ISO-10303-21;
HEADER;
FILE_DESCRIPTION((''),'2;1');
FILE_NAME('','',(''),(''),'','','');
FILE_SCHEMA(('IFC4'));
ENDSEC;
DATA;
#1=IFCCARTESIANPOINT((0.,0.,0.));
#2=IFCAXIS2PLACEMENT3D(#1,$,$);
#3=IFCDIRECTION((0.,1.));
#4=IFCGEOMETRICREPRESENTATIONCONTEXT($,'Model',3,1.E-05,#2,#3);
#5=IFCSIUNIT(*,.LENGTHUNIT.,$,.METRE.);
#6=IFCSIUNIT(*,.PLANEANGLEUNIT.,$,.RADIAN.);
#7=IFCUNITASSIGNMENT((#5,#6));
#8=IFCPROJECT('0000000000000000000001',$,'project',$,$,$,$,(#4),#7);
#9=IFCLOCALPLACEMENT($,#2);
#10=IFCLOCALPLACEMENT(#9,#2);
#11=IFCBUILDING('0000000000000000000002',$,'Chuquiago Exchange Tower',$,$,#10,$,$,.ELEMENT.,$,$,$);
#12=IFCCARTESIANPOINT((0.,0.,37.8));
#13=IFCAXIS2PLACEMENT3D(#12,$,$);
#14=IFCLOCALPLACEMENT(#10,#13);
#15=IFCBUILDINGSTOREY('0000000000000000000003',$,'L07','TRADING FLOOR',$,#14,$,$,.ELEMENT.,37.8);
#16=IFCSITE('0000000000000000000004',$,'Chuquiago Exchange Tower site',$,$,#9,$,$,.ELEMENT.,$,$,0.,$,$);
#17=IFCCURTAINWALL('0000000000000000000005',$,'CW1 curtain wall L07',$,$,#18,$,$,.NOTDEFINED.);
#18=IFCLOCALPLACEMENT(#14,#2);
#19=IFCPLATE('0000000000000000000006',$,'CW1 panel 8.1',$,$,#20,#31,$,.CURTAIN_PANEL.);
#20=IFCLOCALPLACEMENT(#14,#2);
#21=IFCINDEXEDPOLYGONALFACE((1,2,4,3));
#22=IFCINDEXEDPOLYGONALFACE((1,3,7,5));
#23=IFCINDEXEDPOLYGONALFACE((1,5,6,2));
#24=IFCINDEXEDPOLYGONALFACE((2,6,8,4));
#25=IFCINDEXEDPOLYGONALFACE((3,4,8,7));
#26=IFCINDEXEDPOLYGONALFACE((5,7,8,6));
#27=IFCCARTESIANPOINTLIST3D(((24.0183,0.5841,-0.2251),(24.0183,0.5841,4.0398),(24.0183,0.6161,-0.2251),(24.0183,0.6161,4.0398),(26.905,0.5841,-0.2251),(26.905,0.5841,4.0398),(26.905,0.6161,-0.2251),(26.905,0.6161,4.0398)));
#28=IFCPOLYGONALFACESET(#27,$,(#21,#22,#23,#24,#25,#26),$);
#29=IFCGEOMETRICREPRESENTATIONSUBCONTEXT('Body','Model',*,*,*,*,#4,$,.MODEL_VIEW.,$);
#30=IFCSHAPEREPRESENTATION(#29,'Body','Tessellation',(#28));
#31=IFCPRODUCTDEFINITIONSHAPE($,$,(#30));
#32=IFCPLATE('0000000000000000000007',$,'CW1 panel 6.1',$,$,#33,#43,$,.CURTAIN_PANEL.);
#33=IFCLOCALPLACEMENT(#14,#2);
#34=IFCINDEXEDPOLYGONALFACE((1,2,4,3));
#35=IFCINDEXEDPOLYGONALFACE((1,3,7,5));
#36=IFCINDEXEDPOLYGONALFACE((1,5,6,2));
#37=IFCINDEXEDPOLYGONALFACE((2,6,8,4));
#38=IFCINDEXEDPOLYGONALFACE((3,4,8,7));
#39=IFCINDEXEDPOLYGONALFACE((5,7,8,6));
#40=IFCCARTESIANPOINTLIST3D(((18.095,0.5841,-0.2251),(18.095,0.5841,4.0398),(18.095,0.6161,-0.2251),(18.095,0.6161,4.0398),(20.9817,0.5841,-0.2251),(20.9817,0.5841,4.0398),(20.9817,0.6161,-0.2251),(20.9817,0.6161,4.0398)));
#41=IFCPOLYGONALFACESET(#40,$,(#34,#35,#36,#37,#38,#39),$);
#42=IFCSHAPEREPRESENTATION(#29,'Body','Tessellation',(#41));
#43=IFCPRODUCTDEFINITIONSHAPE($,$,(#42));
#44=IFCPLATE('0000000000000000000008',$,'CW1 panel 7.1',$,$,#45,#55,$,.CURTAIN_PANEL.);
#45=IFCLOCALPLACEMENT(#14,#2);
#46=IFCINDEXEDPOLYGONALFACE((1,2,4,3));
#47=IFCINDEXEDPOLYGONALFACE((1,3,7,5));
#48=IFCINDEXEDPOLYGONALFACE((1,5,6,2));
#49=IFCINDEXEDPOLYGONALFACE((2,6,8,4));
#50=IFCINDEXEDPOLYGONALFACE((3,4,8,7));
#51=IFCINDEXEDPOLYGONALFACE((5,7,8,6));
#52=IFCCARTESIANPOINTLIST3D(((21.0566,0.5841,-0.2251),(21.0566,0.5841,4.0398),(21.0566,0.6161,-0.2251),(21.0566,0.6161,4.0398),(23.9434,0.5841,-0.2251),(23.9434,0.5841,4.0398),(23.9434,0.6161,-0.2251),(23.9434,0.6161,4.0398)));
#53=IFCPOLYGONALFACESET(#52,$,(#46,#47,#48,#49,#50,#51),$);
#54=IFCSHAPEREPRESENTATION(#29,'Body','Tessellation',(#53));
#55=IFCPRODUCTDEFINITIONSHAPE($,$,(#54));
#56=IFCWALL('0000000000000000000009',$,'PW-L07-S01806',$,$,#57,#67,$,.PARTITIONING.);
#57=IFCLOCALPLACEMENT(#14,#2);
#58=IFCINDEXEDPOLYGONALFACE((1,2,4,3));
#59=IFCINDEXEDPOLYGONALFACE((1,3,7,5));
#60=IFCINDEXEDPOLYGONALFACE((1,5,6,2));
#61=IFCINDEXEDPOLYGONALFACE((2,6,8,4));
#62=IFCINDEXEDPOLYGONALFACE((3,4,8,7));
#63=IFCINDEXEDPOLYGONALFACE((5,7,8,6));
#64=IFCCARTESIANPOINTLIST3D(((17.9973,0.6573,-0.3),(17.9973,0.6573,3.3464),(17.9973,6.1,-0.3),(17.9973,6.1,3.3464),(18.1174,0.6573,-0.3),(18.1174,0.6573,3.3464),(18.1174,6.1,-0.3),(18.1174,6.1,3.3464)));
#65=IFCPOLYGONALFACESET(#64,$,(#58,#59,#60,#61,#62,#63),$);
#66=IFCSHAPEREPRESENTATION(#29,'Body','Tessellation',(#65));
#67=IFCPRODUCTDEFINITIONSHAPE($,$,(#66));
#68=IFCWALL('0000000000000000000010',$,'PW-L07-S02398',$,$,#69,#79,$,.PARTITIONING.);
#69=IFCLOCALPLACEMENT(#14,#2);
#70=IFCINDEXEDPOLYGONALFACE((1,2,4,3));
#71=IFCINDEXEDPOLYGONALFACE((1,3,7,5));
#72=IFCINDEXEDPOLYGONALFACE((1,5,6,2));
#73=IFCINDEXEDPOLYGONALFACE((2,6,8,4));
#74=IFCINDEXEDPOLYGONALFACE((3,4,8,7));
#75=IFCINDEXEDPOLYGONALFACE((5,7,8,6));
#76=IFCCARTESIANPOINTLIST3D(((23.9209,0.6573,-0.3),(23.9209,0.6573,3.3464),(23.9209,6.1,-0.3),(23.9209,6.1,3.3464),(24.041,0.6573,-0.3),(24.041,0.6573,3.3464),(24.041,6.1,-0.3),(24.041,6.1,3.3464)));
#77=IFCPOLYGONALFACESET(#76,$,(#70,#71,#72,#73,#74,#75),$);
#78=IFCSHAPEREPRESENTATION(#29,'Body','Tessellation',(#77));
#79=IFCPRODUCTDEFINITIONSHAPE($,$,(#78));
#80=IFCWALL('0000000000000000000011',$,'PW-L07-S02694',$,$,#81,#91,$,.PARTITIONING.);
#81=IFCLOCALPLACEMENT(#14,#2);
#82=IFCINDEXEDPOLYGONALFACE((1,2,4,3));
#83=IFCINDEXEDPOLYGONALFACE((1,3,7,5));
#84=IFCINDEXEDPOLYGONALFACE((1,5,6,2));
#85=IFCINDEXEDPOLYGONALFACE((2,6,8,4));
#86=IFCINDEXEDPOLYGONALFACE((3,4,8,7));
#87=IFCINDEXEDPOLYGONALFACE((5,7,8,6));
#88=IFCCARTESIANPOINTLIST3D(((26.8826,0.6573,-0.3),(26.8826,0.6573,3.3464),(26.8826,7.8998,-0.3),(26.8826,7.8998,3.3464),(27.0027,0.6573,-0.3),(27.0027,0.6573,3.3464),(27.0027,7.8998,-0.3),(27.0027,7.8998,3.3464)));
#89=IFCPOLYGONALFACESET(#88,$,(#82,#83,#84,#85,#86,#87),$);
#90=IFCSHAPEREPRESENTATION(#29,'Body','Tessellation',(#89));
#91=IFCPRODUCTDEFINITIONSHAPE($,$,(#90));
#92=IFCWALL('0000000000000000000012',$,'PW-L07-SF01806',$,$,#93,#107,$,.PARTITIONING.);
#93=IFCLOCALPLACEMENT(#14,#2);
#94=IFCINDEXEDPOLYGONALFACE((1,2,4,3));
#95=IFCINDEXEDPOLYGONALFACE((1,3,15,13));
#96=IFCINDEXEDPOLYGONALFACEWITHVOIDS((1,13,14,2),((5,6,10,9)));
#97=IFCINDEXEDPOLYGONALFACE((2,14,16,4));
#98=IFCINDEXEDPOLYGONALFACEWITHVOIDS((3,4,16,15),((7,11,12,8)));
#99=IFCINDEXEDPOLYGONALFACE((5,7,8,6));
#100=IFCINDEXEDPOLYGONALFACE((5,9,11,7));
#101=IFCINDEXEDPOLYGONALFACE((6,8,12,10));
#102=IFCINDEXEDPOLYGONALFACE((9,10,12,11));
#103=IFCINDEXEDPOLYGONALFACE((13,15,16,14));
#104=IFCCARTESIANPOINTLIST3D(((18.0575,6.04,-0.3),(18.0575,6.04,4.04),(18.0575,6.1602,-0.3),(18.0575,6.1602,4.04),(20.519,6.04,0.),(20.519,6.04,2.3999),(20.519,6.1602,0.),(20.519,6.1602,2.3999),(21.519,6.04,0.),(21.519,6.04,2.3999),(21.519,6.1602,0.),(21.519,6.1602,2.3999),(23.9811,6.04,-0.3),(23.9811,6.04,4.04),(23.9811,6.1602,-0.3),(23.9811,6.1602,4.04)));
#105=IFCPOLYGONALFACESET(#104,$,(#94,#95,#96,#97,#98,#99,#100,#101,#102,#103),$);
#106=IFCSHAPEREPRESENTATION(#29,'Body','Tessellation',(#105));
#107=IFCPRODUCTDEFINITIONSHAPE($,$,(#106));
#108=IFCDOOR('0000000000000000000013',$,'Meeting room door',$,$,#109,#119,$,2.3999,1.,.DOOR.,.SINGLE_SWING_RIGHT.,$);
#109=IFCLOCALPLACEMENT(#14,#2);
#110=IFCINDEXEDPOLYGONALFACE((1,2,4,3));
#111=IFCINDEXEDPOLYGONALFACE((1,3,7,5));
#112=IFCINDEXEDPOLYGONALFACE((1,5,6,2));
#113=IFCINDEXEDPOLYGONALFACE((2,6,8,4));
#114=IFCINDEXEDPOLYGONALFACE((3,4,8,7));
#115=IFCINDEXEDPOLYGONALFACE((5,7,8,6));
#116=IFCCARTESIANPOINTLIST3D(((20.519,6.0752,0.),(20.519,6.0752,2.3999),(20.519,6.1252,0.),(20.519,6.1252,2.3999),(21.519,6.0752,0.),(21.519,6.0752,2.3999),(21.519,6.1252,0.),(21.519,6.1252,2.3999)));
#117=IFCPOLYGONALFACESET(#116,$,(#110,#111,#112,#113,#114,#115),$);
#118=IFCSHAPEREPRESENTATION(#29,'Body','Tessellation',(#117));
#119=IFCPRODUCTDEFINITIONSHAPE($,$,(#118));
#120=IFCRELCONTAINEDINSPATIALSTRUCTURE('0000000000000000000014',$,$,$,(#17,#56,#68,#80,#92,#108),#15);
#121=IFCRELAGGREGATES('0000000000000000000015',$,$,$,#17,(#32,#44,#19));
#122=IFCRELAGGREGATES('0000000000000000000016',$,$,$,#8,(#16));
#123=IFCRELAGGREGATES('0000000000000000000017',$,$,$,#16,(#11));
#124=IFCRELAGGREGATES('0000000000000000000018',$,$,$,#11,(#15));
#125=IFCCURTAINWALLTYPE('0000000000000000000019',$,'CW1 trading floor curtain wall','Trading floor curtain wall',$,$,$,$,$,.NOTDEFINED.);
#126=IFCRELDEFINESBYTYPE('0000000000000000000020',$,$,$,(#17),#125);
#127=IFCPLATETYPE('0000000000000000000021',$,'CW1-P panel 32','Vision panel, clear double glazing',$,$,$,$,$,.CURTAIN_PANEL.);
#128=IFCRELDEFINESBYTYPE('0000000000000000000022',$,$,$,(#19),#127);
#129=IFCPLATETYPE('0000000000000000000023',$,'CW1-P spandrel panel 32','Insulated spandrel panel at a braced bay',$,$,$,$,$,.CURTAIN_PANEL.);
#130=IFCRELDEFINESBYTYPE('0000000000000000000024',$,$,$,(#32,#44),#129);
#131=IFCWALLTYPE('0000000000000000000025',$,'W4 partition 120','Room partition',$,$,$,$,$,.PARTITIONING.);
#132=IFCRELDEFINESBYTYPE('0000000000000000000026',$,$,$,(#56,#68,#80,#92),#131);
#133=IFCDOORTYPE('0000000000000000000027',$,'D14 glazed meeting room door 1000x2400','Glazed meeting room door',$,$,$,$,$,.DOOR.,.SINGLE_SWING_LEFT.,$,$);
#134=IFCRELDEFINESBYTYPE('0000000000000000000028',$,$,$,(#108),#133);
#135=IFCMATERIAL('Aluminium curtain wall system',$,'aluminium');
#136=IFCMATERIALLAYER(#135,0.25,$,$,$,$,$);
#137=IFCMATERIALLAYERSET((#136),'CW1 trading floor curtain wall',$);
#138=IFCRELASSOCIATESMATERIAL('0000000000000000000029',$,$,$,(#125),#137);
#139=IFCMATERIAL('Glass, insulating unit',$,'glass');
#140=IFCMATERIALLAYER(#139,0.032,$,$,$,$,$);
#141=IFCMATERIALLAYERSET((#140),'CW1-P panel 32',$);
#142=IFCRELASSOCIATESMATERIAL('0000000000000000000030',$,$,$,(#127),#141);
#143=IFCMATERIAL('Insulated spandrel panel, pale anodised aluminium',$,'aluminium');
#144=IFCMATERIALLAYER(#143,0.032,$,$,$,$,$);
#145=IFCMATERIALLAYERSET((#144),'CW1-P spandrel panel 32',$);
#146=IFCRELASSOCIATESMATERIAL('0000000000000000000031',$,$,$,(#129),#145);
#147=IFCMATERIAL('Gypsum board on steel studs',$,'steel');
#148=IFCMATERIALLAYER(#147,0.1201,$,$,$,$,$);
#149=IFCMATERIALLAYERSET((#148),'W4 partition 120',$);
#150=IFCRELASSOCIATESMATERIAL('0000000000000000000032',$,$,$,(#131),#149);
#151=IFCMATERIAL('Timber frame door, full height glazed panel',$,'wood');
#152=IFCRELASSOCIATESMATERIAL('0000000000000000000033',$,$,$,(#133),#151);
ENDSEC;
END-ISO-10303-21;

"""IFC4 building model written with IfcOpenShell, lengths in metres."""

from ifc_helpers import new_model, si_unit, direction, frame, frame_2d, origin, origin_2d, place, context, subcontext, project, spatial, rectangle, extrude, material, layer, layer_set, type_object, element, fill, aggregate, save


model = new_model("IFC4")

# Units and contexts
model_context = context("Model", 3, precision=1e-05, world=origin(), true_north=direction((0.0, 1.0)))
body_context = subcontext(model_context, "Body", "Model", "MODEL_VIEW")
ifc_project = project(units=[si_unit("LENGTHUNIT", "METRE"), si_unit("PLANEANGLEUNIT", "RADIAN")], contexts=[model_context])

# Site, building, storey
site_placement = place(None, origin())
site = spatial("IfcSite", under=ifc_project, at=site_placement, Name="Chuquiago Exchange Tower site", CompositionType="ELEMENT", RefElevation=0.0)
building_placement = place(site_placement, origin())
building = spatial("IfcBuilding", under=site, at=building_placement, Name="Chuquiago Exchange Tower", CompositionType="ELEMENT")
storey_placement = place(building_placement, frame((0.0, 0.0, 37.8)))
storey = spatial("IfcBuildingStorey", under=building, at=storey_placement, Name="L07", Description="TRADING FLOOR", CompositionType="ELEMENT", Elevation=37.8)

# Curtain wall
ifc_material_1 = material(Name="Aluminium curtain wall system", Category="aluminium")
ifc_layer_1 = layer(ifc_material_1, 0.25)
ifc_layer_set_1 = layer_set([ifc_layer_1], Name="CW1 trading floor curtain wall")
curtain_wall_type = type_object("IfcCurtainWallType", Name="CW1 trading floor curtain wall", Description="Trading floor curtain wall", PredefinedType="NOTDEFINED", material=ifc_layer_set_1)
curtain_wall_placement = place(storey_placement, origin())
curtain_wall = element("IfcCurtainWall", 1, at=curtain_wall_placement, inside=storey, type_object=curtain_wall_type, Name="CW1 curtain wall L07", PredefinedType="NOTDEFINED")

# Plates
ifc_material_2 = material(Name="Glass, insulating unit", Category="glass")
ifc_layer_2 = layer(ifc_material_2, 0.032)
ifc_layer_set_2 = layer_set([ifc_layer_2], Name="CW1-P panel 32")
plate_type_1 = type_object("IfcPlateType", Name="CW1-P panel 32", Description="Vision panel, clear double glazing", PredefinedType="CURTAIN_PANEL", material=ifc_layer_set_2)
plate_1_placement = place(storey_placement, frame((25.4617, 0.6001, -0.2251), z_axis=(0.0, 0.0, 1.0), x_axis=(1.0, 0.0, 0.0)))
plate_1 = element("IfcPlate", 2, at=plate_1_placement, type_object=plate_type_1, Name="CW1 panel 8.1", PredefinedType="CURTAIN_PANEL", context=body_context, shape_type="SweptSolid", body=[
    extrude(rectangle(XDim=2.8867, YDim=0.032, at=origin_2d()), origin(), (0.0, 0.0, 1.0), 4.2649),
])
ifc_material_3 = material(Name="Insulated spandrel panel, pale anodised aluminium", Category="aluminium")
ifc_layer_3 = layer(ifc_material_3, 0.032)
ifc_layer_set_3 = layer_set([ifc_layer_3], Name="CW1-P spandrel panel 32")
plate_type_2 = type_object("IfcPlateType", Name="CW1-P spandrel panel 32", Description="Insulated spandrel panel at a braced bay", PredefinedType="CURTAIN_PANEL", material=ifc_layer_set_3)
plate_2_placement = place(storey_placement, frame((19.5383, 0.6001, -0.2251), z_axis=(0.0, 0.0, 1.0), x_axis=(1.0, 0.0, 0.0)))
plate_2 = element("IfcPlate", 3, at=plate_2_placement, type_object=plate_type_2, Name="CW1 panel 6.1", PredefinedType="CURTAIN_PANEL", context=body_context, shape_type="SweptSolid", body=[
    extrude(rectangle(XDim=2.8867, YDim=0.032, at=origin_2d()), origin(), (0.0, 0.0, 1.0), 4.2649),
])
plate_3_placement = place(storey_placement, frame((22.5, 0.6001, -0.2251), z_axis=(0.0, 0.0, 1.0), x_axis=(1.0, 0.0, 0.0)))
plate_3 = element("IfcPlate", 4, at=plate_3_placement, type_object=plate_type_2, Name="CW1 panel 7.1", PredefinedType="CURTAIN_PANEL", context=body_context, shape_type="SweptSolid", body=[
    extrude(rectangle(XDim=2.8867, YDim=0.032, at=origin_2d()), origin(), (0.0, 0.0, 1.0), 4.2649),
])
aggregate(curtain_wall, [plate_2, plate_3, plate_1])

# Walls
ifc_material_4 = material(Name="Gypsum board on steel studs", Category="steel")
ifc_layer_4 = layer(ifc_material_4, 0.1201)
ifc_layer_set_4 = layer_set([ifc_layer_4], Name="W4 partition 120")
wall_type = type_object("IfcWallType", Name="W4 partition 120", Description="Room partition", PredefinedType="PARTITIONING", material=ifc_layer_set_4)
for number, where, z_axis, x_axis, name in (
    (5, (18.0574, 0.6575, -0.3), (0.0, 0.0, 1.0), (0.0, 1.0, 0.0), "PW-L07-S01806"),
    (6, (23.981, 0.6575, -0.3), (0.0, 0.0, 1.0), (0.0, 1.0, 0.0), "PW-L07-S02398"),
):
    element("IfcWall", number, at=place(storey_placement, frame(where, z_axis=z_axis, x_axis=x_axis)), inside=storey, type_object=wall_type, Name=name, PredefinedType="PARTITIONING", context=body_context, shape_type="SweptSolid", body=[
        extrude(rectangle(XDim=5.4426, YDim=0.1201, at=frame_2d((2.7212, 0.0))), origin(), (0.0, 0.0, 1.0), 3.6465),
    ])
wall_1_placement = place(storey_placement, frame((26.9426, 0.6575, -0.3), z_axis=(0.0, 0.0, 1.0), x_axis=(0.0, 1.0, 0.0)))
element("IfcWall", 7, at=wall_1_placement, inside=storey, type_object=wall_type, Name="PW-L07-S02694", PredefinedType="PARTITIONING", context=body_context, shape_type="SweptSolid", body=[
    extrude(rectangle(XDim=7.2424, YDim=0.1201, at=frame_2d((3.6211, 0.0))), origin(), (0.0, 0.0, 1.0), 3.6465),
])

# Wall, opening, door
wall_2_placement = place(storey_placement, frame((18.0574, 6.1001, -0.3), z_axis=(0.0, 0.0, 1.0), x_axis=(1.0, 0.0, 0.0)))
wall_2 = element("IfcWall", 8, at=wall_2_placement, inside=storey, type_object=wall_type, Name="PW-L07-SF01806", PredefinedType="PARTITIONING", context=body_context, shape_type="SweptSolid", body=[
    extrude(rectangle(XDim=5.9236, YDim=0.1201, at=frame_2d((2.9619, 0.0))), origin(), (0.0, 0.0, 1.0), 4.3401),
])
opening_placement = place(wall_2_placement, frame((2.4617, 0.0, 0.3)))
opening = element("IfcOpeningElement", 9, at=opening_placement, cuts=wall_2, PredefinedType="OPENING", context=body_context, shape_type="SweptSolid", body=[
    extrude(rectangle(XDim=1.0, YDim=2.3999, at=frame_2d((0.5, 1.2))), frame((0.0, 0.0701, 0.0), z_axis=(0.0, -1.0, 0.0), x_axis=(1.0, 0.0, 0.0)), (0.0, 0.0, 1.0), 0.1401),
])
ifc_material_5 = material(Name="Timber frame door, full height glazed panel", Category="wood")
door_type = type_object("IfcDoorType", Name="D14 glazed meeting room door 1000x2400", Description="Glazed meeting room door", OperationType="SINGLE_SWING_LEFT", PredefinedType="DOOR", material=ifc_material_5)
door_placement = place(opening_placement, frame((1.0, 0.0, 0.0), z_axis=(0.0, 0.0, 1.0), x_axis=(-1.0, 0.0, 0.0)))
door = element("IfcDoor", 10, at=door_placement, inside=storey, type_object=door_type, Name="Meeting room door", OperationType="SINGLE_SWING_RIGHT", OverallHeight=2.3999, OverallWidth=1.0, PredefinedType="DOOR", context=body_context, shape_type="SweptSolid", body=[
    extrude(rectangle(XDim=1.0, YDim=2.3999, at=frame_2d((0.5, 1.2))), frame((0.0, 0.0249, 0.0), z_axis=(0.0, -1.0, 0.0), x_axis=(1.0, 0.0, 0.0)), (0.0, 0.0, 1.0), 0.05),
])
fill(opening, door)

save(model, "model.ifc")
